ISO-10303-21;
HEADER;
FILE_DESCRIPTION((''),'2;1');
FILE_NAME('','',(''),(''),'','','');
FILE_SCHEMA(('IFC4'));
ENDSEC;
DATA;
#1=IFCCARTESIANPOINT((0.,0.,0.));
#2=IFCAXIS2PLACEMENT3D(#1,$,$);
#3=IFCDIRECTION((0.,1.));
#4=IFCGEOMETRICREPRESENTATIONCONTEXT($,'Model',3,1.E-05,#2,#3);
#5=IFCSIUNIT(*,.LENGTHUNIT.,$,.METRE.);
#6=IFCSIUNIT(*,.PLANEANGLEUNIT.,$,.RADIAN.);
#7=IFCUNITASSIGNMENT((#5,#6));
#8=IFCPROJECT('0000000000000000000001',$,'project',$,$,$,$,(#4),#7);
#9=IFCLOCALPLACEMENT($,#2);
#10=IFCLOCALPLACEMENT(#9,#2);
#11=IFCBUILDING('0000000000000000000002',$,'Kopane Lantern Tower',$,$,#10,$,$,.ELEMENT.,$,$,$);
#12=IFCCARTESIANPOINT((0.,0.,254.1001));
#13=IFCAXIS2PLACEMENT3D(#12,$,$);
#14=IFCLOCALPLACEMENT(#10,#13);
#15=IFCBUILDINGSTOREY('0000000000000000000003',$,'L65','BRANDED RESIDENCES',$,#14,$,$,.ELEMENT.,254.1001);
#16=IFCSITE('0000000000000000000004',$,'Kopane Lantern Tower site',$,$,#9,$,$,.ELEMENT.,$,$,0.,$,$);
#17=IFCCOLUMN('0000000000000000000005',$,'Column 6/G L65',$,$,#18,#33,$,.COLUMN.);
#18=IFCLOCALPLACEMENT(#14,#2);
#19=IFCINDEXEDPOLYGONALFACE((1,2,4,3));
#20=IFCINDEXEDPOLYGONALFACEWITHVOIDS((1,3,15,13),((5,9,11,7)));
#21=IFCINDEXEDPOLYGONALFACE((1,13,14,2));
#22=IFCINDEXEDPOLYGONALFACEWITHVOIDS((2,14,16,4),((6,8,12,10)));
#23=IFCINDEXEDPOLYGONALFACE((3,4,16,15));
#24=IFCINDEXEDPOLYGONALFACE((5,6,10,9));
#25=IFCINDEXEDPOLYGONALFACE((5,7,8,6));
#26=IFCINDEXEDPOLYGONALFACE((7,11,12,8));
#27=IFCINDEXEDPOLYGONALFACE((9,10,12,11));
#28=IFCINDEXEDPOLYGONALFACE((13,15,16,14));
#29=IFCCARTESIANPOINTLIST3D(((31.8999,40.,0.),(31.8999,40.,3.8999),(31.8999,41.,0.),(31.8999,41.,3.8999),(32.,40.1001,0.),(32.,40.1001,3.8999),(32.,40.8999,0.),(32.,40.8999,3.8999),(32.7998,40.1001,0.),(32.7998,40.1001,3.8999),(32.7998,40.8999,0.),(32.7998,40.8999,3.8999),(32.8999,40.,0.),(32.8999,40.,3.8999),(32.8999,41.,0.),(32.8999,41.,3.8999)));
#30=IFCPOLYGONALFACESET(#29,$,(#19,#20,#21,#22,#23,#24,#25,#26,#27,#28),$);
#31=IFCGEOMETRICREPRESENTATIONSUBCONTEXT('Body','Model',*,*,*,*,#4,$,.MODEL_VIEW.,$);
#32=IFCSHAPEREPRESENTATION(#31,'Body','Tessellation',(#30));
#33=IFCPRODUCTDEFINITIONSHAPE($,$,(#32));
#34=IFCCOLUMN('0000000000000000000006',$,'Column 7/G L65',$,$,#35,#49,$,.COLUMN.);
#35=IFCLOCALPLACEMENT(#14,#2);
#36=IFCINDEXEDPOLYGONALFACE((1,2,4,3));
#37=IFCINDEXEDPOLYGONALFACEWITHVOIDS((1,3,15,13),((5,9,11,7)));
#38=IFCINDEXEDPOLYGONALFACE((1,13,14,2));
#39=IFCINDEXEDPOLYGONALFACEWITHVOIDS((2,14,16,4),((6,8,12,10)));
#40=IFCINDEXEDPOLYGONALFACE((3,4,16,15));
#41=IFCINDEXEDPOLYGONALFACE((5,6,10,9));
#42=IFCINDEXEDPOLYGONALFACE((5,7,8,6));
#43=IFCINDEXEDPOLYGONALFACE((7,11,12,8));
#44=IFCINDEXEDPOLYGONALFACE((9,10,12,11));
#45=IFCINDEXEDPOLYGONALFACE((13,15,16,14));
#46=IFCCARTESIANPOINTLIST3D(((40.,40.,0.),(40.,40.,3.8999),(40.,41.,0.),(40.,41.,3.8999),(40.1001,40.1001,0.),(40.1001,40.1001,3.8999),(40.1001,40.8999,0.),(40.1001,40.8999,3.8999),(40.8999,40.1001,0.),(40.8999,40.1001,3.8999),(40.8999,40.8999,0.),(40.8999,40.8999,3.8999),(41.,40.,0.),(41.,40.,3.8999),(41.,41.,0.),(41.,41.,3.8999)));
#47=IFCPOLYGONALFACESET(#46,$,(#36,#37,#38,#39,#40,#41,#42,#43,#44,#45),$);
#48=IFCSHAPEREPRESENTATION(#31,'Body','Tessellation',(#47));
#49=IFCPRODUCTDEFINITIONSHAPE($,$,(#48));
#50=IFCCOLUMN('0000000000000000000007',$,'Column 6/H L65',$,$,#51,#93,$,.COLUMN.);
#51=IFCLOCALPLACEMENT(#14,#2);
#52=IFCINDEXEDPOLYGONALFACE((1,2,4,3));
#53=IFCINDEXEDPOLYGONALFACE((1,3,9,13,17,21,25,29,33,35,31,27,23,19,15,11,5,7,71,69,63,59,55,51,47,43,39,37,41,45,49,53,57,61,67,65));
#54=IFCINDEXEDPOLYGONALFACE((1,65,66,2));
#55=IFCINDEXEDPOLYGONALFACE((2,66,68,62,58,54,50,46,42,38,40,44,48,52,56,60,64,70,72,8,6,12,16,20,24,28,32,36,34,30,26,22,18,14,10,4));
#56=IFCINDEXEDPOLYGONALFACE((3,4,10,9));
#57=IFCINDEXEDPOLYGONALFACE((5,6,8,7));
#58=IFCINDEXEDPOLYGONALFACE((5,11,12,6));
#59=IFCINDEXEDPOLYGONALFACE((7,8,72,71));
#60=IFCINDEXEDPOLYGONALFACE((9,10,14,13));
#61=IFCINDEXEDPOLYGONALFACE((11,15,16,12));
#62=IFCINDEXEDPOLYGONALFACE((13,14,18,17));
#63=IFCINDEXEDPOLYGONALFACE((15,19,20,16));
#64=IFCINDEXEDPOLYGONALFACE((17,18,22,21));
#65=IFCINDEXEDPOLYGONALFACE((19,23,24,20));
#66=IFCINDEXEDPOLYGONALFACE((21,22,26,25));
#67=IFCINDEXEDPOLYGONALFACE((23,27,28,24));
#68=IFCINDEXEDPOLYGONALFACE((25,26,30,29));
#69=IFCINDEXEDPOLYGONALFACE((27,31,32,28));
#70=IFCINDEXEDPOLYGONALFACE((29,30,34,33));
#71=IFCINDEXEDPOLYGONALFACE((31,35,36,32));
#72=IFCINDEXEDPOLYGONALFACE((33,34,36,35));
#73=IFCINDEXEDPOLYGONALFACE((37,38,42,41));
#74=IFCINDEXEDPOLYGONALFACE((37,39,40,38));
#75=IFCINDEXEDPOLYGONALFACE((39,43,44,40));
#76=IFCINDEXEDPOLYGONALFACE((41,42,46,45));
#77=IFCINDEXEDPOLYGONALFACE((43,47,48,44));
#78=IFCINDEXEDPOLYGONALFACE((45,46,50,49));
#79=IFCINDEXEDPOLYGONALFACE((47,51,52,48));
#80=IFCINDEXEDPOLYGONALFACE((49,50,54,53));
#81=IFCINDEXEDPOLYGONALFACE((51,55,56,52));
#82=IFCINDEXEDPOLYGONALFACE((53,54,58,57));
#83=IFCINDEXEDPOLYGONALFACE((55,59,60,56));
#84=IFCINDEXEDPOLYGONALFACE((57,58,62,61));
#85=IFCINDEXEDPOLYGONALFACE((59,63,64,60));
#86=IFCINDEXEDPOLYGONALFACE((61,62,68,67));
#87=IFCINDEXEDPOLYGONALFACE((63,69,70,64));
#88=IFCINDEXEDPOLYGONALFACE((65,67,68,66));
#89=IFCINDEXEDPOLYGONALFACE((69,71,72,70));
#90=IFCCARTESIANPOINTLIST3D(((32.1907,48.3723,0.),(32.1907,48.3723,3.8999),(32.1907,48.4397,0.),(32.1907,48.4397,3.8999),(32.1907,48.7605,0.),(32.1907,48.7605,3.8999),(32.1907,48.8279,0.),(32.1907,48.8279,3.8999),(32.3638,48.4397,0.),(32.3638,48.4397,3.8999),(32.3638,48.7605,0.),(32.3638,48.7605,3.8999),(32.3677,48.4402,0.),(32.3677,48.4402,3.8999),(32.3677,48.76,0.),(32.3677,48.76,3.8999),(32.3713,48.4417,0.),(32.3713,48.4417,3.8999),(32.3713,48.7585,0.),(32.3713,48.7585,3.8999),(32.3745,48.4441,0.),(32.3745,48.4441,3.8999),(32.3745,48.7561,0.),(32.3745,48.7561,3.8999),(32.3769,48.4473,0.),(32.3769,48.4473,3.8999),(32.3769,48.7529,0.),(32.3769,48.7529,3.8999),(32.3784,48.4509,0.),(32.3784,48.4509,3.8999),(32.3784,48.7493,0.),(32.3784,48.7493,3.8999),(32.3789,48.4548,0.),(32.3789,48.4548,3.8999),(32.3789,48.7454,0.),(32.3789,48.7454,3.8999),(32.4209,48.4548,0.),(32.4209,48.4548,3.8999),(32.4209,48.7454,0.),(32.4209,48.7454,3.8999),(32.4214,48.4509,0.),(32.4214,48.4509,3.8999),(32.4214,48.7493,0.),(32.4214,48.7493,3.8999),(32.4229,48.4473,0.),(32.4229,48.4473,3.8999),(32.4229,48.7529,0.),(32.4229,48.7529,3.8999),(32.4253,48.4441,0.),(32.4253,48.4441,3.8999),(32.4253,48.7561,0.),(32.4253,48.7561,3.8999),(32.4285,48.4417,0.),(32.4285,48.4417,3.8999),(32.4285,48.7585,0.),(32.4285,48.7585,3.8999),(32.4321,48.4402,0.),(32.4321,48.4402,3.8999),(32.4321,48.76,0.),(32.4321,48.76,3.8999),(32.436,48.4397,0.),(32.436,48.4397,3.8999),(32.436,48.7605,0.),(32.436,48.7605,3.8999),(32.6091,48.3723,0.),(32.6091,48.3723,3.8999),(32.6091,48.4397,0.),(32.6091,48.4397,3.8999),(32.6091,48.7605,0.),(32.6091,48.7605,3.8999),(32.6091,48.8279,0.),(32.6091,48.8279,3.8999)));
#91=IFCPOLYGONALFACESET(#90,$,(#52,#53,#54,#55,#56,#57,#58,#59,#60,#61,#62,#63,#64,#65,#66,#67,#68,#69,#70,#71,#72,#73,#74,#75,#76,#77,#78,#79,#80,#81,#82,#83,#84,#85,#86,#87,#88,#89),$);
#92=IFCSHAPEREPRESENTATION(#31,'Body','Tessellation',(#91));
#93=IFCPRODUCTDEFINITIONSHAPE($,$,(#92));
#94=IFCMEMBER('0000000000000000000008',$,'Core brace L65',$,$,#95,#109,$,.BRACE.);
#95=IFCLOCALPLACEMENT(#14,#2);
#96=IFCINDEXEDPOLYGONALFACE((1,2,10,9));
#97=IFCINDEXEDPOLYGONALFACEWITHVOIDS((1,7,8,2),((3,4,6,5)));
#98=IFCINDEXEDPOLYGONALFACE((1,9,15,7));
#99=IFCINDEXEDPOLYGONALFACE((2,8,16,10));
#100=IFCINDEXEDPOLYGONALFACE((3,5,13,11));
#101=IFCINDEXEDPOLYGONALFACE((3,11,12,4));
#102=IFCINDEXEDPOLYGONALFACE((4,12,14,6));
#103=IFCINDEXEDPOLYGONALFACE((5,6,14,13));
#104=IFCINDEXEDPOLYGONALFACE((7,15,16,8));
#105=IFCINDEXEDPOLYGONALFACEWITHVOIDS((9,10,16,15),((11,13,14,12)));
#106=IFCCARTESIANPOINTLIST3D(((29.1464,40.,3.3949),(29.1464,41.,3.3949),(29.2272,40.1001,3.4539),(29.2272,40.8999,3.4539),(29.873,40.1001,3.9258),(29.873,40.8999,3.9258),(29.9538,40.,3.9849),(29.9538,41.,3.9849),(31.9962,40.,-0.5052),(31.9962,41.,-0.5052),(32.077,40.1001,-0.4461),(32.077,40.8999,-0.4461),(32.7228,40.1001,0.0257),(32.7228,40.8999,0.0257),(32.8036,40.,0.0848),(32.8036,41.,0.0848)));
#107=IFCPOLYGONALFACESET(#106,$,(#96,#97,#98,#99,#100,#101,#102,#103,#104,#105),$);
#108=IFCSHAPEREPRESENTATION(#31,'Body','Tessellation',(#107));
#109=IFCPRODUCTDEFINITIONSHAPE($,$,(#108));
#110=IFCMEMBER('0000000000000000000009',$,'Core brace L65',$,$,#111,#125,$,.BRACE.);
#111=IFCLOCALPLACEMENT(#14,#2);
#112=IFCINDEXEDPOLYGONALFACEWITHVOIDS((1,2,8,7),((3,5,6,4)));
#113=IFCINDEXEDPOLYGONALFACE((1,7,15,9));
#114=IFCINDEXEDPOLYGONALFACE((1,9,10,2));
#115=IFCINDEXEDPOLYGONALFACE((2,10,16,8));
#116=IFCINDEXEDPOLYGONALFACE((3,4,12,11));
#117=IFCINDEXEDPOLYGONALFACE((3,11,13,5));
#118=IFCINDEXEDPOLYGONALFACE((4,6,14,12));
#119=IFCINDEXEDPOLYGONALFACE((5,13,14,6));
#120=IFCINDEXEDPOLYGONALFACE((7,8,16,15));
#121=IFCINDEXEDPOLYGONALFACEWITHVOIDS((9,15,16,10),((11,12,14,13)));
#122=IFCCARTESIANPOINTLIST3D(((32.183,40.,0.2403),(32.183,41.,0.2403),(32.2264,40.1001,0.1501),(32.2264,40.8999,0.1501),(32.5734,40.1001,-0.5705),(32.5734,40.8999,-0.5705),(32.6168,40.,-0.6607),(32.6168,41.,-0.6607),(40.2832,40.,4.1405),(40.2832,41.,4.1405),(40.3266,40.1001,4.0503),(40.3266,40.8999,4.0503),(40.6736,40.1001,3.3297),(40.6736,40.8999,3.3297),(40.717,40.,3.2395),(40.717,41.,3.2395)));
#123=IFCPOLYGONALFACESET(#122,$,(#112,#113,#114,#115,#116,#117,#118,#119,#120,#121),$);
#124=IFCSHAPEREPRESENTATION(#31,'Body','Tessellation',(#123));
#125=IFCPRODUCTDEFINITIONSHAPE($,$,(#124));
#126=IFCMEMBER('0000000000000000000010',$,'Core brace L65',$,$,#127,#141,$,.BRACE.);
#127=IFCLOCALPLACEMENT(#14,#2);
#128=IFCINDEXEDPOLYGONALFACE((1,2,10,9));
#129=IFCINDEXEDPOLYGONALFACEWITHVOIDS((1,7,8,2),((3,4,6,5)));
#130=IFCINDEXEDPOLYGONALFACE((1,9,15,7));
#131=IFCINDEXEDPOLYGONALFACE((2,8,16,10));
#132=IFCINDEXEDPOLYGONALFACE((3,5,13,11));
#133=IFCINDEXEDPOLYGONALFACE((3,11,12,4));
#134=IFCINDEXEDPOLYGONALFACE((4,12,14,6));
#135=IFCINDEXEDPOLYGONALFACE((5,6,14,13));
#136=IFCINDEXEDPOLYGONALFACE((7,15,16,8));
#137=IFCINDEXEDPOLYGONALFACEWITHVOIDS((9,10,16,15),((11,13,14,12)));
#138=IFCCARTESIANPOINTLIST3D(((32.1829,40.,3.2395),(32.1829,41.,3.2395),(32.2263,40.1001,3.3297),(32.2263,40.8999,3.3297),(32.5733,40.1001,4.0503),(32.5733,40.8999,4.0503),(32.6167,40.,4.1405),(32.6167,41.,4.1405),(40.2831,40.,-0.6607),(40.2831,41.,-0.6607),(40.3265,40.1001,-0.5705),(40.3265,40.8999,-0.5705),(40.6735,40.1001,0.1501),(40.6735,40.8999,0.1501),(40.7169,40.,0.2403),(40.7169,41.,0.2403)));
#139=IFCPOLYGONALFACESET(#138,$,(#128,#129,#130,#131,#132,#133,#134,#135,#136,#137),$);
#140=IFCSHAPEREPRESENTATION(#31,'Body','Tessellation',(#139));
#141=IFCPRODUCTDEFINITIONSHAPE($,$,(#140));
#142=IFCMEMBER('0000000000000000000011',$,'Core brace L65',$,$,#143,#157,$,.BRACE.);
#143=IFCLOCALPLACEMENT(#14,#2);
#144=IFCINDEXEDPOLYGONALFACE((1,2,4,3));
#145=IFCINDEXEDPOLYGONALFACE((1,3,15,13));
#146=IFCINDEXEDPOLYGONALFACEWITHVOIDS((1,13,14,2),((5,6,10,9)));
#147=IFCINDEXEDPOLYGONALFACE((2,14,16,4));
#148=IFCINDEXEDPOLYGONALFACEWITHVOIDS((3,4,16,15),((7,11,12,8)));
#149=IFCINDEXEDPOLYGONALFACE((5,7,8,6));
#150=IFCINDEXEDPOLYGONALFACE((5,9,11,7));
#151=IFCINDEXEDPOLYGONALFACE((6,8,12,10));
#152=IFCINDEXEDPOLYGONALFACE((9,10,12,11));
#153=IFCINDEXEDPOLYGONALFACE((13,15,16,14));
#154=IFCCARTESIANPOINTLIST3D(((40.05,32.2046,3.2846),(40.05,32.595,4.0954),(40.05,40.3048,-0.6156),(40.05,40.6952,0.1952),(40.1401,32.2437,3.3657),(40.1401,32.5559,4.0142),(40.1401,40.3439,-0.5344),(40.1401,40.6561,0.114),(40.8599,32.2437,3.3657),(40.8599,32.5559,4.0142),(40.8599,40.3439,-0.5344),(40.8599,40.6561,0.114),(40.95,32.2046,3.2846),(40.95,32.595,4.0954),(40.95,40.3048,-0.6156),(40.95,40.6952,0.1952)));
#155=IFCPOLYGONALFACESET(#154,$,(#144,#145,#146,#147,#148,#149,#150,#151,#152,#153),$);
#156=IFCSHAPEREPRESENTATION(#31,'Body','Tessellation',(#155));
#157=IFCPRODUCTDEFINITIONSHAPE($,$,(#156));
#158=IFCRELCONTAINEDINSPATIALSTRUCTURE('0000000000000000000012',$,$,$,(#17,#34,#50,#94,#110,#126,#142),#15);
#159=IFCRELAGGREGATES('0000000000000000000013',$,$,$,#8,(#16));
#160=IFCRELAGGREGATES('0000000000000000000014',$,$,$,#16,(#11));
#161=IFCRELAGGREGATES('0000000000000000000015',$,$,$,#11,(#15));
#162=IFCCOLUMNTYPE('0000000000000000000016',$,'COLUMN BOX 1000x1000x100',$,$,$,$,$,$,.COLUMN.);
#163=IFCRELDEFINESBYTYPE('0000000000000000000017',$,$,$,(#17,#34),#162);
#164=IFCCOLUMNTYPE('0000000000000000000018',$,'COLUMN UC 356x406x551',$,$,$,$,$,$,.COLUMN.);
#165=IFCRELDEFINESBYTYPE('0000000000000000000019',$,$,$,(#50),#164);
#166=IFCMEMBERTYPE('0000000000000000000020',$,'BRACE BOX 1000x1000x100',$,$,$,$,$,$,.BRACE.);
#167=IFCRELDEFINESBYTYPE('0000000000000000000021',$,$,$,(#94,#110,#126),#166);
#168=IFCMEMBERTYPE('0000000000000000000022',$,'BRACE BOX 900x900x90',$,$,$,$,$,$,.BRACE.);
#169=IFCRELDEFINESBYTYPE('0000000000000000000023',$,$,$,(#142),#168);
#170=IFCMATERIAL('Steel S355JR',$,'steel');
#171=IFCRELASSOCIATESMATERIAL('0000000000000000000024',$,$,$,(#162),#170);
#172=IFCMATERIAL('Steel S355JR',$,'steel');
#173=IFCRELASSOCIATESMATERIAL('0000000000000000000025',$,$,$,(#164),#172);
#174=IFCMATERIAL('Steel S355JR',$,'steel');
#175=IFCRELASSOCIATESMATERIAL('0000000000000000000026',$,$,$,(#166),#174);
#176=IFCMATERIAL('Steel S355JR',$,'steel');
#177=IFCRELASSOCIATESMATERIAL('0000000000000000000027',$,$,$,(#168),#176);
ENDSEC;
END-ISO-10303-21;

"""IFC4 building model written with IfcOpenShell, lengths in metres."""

from ifc_helpers import new_model, si_unit, direction, frame, origin, origin_2d, place, context, subcontext, project, spatial, hollow_rectangle, i_section, extrude, material, material_profile, profile_set, type_object, element, save


model = new_model("IFC4")

# Units and contexts
model_context = context("Model", 3, precision=1e-05, world=origin(), true_north=direction((0.0, 1.0)))
body_context = subcontext(model_context, "Body", "Model", "MODEL_VIEW")
ifc_project = project(units=[si_unit("LENGTHUNIT", "METRE"), si_unit("PLANEANGLEUNIT", "RADIAN")], contexts=[model_context])

# Site, building, storey
site_placement = place(None, origin())
site = spatial("IfcSite", under=ifc_project, at=site_placement, Name="Kopane Lantern Tower site", CompositionType="ELEMENT", RefElevation=0.0)
building_placement = place(site_placement, origin())
building = spatial("IfcBuilding", under=site, at=building_placement, Name="Kopane Lantern Tower", CompositionType="ELEMENT")
storey_placement = place(building_placement, frame((0.0, 0.0, 254.1001)))
storey = spatial("IfcBuildingStorey", under=building, at=storey_placement, Name="L65", Description="BRANDED RESIDENCES", CompositionType="ELEMENT", Elevation=254.1001)

# Columns
ifc_material_1 = material(Name="Steel S355JR", Category="steel")
ifc_material_profile_1 = material_profile(ifc_material_1, hollow_rectangle(XDim=1.0, YDim=1.0, WallThickness=0.1001, at=origin_2d()), Name="BOX 1000x1000x100")
ifc_profile_set_1 = profile_set([ifc_material_profile_1], Name="Steel S355JR")
column_type_1 = type_object("IfcColumnType", Name="COLUMN BOX 1000x1000x100", PredefinedType="COLUMN", material=ifc_profile_set_1)
for number, where, z_axis, x_axis, name in (
    (1, (32.3999, 40.5, 0.0), (0.0, 0.0, 1.0), (1.0, 0.0, 0.0), "Column 6/G L65"),
    (2, (40.5, 40.5, 0.0), (0.0, 0.0, 1.0), (1.0, 0.0, 0.0), "Column 7/G L65"),
):
    element("IfcColumn", number, at=place(storey_placement, frame(where, z_axis=z_axis, x_axis=x_axis)), inside=storey, type_object=column_type_1, Name=name, PredefinedType="COLUMN", context=body_context, shape_type="SweptSolid", body=[
        extrude(hollow_rectangle(XDim=1.0, YDim=1.0, WallThickness=0.1001, at=origin_2d()), origin(), (0.0, 0.0, 1.0), 3.8999),
    ])
ifc_material_2 = material(Name="Steel S355JR", Category="steel")
ifc_material_profile_2 = material_profile(ifc_material_2, i_section(OverallWidth=0.4185, OverallDepth=0.4556, WebThickness=0.042, FlangeThickness=0.0674, FilletRadius=0.0151, at=origin_2d()), Name="UC 356x406x551")
ifc_profile_set_2 = profile_set([ifc_material_profile_2], Name="Steel S355JR")
column_type_2 = type_object("IfcColumnType", Name="COLUMN UC 356x406x551", PredefinedType="COLUMN", material=ifc_profile_set_2)
column_placement = place(storey_placement, frame((32.3999, 48.6001, 0.0), z_axis=(0.0, 0.0, 1.0), x_axis=(1.0, 0.0, 0.0)))
element("IfcColumn", 3, at=column_placement, inside=storey, type_object=column_type_2, Name="Column 6/H L65", PredefinedType="COLUMN", context=body_context, shape_type="SweptSolid", body=[
    extrude(i_section(OverallWidth=0.4185, OverallDepth=0.4556, WebThickness=0.042, FlangeThickness=0.0674, FilletRadius=0.0151, at=origin_2d()), origin(), (0.0, 0.0, 1.0), 3.8999),
])

# Members
ifc_material_3 = material(Name="Steel S355JR", Category="steel")
ifc_material_profile_3 = material_profile(ifc_material_3, hollow_rectangle(XDim=1.0, YDim=1.0, WallThickness=0.1001, at=origin_2d()), Name="BOX 1000x1000x100")
ifc_profile_set_3 = profile_set([ifc_material_profile_3], Name="Steel S355JR")
member_type_1 = type_object("IfcMemberType", Name="BRACE BOX 1000x1000x100", PredefinedType="BRACE", material=ifc_profile_set_3)
member_1_placement = place(storey_placement, frame((32.3999, 40.5, -0.2102), z_axis=(-0.589982, 0.0, 0.807416), x_axis=(0.0, -1.0, 0.0)))
element("IfcMember", 4, at=member_1_placement, inside=storey, type_object=member_type_1, Name="Core brace L65", PredefinedType="BRACE", context=body_context, shape_type="SweptSolid", body=[
    extrude(hollow_rectangle(XDim=1.0, YDim=1.0, WallThickness=0.1001, at=origin_2d()), origin(), (0.0, 0.0, 1.0), 4.8303),
])
for number, where, z_axis, x_axis, name in (
    (5, (32.3999, 40.5, -0.2102), (0.900997, 0.0, 0.433825), (0.0, 1.0, 0.0), "Core brace L65"),
    (6, (40.5, 40.5, -0.2102), (-0.900997, 0.0, 0.433825), (0.0, -1.0, 0.0), "Core brace L65"),
):
    element("IfcMember", number, at=place(storey_placement, frame(where, z_axis=z_axis, x_axis=x_axis)), inside=storey, type_object=member_type_1, Name=name, PredefinedType="BRACE", context=body_context, shape_type="SweptSolid", body=[
        extrude(hollow_rectangle(XDim=1.0, YDim=1.0, WallThickness=0.1001, at=origin_2d()), origin(), (0.0, 0.0, 1.0), 8.9902),
    ])
ifc_material_4 = material(Name="Steel S355JR", Category="steel")
ifc_material_profile_4 = material_profile(ifc_material_4, hollow_rectangle(XDim=0.8999, YDim=0.8999, WallThickness=0.0901, at=origin_2d()), Name="BOX 900x900x90")
ifc_profile_set_4 = profile_set([ifc_material_profile_4], Name="Steel S355JR")
member_type_2 = type_object("IfcMemberType", Name="BRACE BOX 900x900x90", PredefinedType="BRACE", material=ifc_profile_set_4)
member_2_placement = place(storey_placement, frame((40.5, 40.5, -0.2102), z_axis=(0.0, -0.900997, 0.433825), x_axis=(1.0, 0.0, 0.0)))
element("IfcMember", 7, at=member_2_placement, inside=storey, type_object=member_type_2, Name="Core brace L65", PredefinedType="BRACE", context=body_context, shape_type="SweptSolid", body=[
    extrude(hollow_rectangle(XDim=0.8999, YDim=0.8999, WallThickness=0.0901, at=origin_2d()), origin(), (0.0, 0.0, 1.0), 8.9902),
])

save(model, "model.ifc")
